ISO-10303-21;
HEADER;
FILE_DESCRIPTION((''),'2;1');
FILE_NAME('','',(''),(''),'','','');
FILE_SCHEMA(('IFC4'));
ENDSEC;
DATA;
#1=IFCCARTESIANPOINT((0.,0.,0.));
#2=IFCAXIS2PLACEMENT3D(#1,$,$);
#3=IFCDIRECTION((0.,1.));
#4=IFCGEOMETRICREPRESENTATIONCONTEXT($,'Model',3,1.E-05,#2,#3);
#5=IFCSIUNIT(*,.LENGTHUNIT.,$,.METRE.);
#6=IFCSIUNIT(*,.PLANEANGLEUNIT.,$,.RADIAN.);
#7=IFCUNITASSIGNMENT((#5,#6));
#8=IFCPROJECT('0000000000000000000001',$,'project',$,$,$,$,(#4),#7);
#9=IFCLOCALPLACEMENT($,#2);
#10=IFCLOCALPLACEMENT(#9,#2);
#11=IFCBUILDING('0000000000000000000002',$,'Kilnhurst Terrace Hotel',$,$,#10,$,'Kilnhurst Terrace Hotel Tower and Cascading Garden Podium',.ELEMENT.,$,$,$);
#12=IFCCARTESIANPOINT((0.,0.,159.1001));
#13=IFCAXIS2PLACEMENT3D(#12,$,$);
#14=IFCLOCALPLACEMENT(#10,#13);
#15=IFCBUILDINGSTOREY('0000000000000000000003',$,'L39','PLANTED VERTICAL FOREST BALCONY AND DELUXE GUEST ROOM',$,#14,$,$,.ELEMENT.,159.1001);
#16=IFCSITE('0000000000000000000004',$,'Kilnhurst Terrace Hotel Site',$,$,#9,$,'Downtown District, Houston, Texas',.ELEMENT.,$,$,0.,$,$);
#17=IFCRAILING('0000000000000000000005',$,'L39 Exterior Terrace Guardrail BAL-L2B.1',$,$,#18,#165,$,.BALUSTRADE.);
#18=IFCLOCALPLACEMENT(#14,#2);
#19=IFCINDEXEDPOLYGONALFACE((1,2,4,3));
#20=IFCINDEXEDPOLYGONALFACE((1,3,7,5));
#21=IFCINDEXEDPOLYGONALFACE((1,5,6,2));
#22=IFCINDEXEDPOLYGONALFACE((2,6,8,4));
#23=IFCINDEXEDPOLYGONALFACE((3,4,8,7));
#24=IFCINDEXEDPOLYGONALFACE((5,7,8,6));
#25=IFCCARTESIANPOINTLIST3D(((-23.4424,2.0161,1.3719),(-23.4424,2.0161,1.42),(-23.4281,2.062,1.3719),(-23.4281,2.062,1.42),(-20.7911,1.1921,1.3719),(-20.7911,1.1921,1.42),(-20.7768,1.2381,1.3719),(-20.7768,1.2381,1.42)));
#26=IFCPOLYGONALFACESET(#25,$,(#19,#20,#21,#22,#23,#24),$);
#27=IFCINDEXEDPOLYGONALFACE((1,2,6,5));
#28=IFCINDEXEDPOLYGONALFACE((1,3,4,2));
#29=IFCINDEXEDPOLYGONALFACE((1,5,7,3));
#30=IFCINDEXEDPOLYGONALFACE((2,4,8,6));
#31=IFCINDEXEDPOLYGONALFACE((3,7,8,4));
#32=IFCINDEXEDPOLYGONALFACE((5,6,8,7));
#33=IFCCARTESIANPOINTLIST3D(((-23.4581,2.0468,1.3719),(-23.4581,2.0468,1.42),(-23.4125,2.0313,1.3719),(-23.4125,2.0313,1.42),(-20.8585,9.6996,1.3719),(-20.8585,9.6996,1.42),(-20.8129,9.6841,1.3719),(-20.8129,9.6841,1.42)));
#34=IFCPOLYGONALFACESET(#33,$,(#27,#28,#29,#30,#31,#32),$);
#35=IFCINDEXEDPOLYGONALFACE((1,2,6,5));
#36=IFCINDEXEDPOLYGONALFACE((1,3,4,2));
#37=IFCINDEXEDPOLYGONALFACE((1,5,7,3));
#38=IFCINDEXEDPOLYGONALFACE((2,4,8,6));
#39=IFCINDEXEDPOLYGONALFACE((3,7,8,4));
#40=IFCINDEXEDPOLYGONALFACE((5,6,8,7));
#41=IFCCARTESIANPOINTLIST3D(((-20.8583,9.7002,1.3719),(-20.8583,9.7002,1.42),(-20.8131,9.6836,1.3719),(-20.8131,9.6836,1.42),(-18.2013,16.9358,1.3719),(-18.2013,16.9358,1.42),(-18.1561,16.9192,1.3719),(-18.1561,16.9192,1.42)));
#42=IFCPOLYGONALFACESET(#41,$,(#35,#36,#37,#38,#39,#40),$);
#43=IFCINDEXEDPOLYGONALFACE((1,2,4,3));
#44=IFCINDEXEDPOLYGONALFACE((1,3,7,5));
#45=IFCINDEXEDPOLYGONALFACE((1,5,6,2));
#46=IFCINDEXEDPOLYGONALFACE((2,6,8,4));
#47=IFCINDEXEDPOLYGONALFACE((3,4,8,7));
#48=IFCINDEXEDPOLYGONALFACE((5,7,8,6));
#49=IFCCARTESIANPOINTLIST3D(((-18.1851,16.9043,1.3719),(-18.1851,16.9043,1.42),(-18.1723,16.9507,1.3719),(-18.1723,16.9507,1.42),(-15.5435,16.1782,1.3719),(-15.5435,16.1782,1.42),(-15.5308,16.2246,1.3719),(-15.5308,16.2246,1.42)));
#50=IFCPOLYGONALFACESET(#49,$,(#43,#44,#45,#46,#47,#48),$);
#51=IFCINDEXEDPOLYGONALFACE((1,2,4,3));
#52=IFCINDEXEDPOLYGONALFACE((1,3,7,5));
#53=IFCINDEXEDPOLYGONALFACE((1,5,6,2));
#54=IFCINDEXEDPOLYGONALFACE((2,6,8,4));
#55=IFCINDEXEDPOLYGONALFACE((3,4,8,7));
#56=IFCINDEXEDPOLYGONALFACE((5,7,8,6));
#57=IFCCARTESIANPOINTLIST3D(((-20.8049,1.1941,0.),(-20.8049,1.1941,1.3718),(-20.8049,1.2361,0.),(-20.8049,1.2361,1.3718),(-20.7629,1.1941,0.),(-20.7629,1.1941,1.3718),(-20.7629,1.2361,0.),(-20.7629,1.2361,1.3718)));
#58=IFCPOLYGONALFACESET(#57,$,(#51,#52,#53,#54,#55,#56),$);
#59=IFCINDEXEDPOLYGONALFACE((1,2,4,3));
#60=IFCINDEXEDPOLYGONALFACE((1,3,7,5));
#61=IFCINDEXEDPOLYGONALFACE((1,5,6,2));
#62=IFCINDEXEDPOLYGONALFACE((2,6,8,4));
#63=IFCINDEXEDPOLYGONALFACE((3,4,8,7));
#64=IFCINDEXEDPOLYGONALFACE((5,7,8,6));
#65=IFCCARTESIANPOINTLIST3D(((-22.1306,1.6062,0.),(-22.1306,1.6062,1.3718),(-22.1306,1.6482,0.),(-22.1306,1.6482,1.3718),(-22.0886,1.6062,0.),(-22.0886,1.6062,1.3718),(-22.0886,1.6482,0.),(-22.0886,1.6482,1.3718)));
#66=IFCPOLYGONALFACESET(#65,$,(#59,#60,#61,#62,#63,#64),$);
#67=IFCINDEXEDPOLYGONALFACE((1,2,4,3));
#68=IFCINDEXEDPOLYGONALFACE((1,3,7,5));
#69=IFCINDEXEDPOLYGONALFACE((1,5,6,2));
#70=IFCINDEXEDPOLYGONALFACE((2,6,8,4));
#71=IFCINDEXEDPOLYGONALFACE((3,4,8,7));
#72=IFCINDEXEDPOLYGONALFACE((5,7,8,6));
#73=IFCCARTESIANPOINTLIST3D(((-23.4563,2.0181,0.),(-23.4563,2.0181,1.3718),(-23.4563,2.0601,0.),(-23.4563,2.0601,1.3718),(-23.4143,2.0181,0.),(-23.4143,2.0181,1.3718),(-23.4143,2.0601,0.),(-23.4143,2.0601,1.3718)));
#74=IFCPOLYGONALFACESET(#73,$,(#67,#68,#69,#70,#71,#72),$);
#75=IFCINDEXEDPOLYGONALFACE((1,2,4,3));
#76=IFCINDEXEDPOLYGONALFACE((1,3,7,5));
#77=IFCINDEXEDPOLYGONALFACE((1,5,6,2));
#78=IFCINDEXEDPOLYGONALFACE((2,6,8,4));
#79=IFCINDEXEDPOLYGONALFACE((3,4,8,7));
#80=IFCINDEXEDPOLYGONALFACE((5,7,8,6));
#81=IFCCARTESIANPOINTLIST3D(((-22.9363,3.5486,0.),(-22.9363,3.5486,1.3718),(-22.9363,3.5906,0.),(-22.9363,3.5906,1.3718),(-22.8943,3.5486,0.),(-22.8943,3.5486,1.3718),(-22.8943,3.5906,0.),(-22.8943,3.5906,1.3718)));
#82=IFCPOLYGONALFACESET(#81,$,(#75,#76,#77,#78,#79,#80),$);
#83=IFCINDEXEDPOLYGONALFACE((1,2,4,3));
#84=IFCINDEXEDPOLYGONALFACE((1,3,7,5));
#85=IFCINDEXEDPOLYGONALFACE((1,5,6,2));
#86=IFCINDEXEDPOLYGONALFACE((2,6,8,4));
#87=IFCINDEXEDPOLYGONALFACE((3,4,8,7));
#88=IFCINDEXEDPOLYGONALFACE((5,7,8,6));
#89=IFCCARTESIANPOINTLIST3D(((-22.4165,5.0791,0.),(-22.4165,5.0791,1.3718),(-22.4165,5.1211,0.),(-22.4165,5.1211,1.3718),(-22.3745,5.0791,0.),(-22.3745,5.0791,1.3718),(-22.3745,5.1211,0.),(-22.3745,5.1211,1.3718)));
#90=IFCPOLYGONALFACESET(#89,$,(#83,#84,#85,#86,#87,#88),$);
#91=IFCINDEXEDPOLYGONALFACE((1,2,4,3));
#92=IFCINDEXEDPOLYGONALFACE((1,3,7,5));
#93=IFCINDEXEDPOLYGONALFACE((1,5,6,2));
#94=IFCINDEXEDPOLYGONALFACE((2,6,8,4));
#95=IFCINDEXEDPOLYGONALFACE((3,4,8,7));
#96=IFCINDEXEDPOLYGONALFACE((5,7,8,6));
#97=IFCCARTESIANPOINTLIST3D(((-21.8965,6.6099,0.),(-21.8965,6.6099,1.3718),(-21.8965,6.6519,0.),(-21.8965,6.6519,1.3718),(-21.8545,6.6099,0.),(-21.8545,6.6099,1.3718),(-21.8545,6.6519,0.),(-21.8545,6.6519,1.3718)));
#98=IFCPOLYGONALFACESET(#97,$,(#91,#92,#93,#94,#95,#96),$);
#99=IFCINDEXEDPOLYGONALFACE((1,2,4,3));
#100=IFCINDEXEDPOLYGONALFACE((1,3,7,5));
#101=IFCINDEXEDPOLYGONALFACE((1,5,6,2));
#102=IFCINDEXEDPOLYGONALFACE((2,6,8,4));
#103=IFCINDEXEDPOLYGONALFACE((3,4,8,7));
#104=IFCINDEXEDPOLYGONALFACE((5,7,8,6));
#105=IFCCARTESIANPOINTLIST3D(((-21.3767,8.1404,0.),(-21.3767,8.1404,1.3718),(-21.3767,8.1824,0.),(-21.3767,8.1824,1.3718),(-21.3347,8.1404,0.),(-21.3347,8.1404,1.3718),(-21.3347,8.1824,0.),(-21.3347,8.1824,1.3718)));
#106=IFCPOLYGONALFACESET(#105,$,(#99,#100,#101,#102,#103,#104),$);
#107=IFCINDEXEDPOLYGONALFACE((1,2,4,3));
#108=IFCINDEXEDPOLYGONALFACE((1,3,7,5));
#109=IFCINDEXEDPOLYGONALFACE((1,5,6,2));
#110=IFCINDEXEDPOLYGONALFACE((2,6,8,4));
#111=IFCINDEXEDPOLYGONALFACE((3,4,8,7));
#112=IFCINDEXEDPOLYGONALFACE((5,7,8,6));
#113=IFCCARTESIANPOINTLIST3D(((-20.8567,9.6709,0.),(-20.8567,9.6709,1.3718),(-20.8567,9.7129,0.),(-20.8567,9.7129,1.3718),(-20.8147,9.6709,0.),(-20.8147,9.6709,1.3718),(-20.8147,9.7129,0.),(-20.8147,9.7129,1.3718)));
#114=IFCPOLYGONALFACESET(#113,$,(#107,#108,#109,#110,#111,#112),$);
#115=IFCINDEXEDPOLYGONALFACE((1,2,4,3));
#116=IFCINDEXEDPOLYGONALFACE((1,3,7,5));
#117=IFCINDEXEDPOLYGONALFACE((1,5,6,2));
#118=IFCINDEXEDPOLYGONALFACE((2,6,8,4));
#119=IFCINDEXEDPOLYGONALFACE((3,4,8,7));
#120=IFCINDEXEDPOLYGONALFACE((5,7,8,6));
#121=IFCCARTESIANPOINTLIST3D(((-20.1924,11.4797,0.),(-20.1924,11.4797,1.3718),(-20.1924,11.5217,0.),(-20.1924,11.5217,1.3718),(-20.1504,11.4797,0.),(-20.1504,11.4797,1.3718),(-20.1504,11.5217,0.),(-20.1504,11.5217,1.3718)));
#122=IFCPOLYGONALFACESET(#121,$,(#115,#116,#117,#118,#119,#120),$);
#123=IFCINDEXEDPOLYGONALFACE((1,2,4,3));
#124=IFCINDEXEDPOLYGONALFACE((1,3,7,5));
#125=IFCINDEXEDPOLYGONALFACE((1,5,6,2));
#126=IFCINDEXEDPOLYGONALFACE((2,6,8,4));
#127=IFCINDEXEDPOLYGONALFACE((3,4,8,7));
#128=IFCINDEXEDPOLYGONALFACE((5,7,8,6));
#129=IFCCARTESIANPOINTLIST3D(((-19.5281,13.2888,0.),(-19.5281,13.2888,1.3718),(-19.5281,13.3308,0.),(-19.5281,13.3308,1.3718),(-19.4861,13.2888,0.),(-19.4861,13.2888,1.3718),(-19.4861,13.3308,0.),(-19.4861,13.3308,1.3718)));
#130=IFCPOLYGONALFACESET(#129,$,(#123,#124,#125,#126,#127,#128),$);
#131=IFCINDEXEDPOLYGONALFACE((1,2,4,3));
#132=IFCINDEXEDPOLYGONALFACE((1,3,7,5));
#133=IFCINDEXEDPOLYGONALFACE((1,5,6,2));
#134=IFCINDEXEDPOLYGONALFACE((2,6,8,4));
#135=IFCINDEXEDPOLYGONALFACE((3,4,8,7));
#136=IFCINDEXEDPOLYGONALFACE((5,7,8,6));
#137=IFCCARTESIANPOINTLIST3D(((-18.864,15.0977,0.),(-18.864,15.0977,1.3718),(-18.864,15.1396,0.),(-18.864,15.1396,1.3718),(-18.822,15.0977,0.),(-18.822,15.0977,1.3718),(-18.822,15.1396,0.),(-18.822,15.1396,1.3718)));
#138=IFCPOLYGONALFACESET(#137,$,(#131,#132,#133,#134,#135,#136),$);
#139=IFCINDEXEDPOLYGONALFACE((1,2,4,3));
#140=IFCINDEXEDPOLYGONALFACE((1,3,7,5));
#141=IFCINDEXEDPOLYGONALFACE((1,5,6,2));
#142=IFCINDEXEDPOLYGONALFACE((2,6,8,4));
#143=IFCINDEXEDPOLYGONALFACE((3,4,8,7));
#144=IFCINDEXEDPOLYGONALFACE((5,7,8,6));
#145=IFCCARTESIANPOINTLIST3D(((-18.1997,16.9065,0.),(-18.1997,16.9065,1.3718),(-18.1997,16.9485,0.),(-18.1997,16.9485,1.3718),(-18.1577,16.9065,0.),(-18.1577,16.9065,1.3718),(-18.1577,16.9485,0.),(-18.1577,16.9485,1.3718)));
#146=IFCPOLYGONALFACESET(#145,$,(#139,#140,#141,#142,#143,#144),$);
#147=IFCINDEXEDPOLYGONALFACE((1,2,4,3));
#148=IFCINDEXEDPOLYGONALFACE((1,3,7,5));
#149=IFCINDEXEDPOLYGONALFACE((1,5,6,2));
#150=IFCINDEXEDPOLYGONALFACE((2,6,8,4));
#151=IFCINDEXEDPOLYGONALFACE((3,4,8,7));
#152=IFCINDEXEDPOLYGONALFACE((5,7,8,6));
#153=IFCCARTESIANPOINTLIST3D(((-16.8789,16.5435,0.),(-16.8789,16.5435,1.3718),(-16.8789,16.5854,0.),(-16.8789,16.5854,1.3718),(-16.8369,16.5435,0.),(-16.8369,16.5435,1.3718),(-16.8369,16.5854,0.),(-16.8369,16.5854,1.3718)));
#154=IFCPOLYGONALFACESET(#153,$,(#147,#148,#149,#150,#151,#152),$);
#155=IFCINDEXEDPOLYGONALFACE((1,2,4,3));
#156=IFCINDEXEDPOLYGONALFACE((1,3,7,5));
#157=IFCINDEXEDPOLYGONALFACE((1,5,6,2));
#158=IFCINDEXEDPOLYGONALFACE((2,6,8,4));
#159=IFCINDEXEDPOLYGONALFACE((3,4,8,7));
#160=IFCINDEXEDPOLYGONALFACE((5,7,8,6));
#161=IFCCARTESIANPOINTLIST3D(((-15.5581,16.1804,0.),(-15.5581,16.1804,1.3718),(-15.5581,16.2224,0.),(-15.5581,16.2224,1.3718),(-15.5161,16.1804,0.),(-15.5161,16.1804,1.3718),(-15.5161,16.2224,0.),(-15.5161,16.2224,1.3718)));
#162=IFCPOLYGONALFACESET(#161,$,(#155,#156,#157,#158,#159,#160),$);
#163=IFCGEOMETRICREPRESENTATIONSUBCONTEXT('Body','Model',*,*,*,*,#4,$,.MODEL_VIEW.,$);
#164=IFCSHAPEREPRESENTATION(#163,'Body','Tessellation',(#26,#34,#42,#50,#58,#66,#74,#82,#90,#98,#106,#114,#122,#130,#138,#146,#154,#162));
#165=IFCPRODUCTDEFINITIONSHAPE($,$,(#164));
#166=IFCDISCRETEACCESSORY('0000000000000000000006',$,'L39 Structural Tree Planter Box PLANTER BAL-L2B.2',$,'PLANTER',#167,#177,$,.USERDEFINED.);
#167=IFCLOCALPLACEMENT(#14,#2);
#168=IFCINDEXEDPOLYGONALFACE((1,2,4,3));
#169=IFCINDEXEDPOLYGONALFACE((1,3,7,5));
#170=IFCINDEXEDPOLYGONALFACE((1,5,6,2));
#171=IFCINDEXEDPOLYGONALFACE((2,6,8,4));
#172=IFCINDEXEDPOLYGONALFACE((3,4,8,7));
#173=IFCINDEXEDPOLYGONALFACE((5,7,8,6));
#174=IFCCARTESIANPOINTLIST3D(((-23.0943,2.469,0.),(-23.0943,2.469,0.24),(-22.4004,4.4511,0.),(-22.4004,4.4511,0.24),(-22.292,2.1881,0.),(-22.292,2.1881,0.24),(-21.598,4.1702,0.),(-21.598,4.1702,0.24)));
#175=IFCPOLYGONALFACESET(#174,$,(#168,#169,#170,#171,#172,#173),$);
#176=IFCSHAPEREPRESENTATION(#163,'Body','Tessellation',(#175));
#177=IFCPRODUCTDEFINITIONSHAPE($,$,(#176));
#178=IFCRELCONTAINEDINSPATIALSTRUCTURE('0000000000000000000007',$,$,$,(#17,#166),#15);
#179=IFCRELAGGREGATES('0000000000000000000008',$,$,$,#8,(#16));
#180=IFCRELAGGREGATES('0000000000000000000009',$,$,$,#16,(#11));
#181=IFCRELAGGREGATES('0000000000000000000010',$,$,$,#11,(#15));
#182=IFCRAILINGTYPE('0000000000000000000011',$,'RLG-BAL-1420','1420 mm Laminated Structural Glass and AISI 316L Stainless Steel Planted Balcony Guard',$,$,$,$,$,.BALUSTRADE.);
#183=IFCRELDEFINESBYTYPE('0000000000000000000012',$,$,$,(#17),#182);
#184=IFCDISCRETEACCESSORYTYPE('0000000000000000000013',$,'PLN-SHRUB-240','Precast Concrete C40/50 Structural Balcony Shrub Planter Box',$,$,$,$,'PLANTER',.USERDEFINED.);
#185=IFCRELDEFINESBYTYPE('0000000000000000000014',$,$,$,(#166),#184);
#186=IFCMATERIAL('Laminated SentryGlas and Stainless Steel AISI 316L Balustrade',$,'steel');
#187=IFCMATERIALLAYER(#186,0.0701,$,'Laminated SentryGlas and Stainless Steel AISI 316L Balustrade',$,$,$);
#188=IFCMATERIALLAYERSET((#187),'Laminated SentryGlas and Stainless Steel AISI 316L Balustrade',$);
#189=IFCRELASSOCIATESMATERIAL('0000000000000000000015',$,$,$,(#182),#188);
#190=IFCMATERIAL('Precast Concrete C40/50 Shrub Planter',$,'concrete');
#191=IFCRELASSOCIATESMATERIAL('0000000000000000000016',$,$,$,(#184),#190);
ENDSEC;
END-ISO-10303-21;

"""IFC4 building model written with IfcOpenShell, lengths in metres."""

from ifc_helpers import new_model, si_unit, direction, frame, origin, origin_2d, place, context, subcontext, project, spatial, rectangle, extrude, material, layer, layer_set, type_object, element, save


model = new_model("IFC4")

# Units and contexts
model_context = context("Model", 3, precision=1e-05, world=origin(), true_north=direction((0.0, 1.0)))
body_context = subcontext(model_context, "Body", "Model", "MODEL_VIEW")
ifc_project = project(units=[si_unit("LENGTHUNIT", "METRE"), si_unit("PLANEANGLEUNIT", "RADIAN")], contexts=[model_context])

# Site, building, storey
site_placement = place(None, origin())
site = spatial("IfcSite", under=ifc_project, at=site_placement, Name="Kilnhurst Terrace Hotel Site", LongName="Downtown District, Houston, Texas", CompositionType="ELEMENT", RefElevation=0.0)
building_placement = place(site_placement, origin())
building = spatial("IfcBuilding", under=site, at=building_placement, Name="Kilnhurst Terrace Hotel", LongName="Kilnhurst Terrace Hotel Tower and Cascading Garden Podium", CompositionType="ELEMENT")
storey_placement = place(building_placement, frame((0.0, 0.0, 159.1001)))
storey = spatial("IfcBuildingStorey", under=building, at=storey_placement, Name="L39", Description="PLANTED VERTICAL FOREST BALCONY AND DELUXE GUEST ROOM", CompositionType="ELEMENT", Elevation=159.1001)

# Railing
ifc_material_1 = material(Name="Laminated SentryGlas and Stainless Steel AISI 316L Balustrade", Category="steel")
ifc_layer_1 = layer(ifc_material_1, 0.0701, Name="Laminated SentryGlas and Stainless Steel AISI 316L Balustrade")
ifc_layer_set_1 = layer_set([ifc_layer_1], Name="Laminated SentryGlas and Stainless Steel AISI 316L Balustrade")
railing_type = type_object("IfcRailingType", Name="RLG-BAL-1420", Description="1420 mm Laminated Structural Glass and AISI 316L Stainless Steel Planted Balcony Guard", PredefinedType="BALUSTRADE", material=ifc_layer_set_1)
railing_placement = place(storey_placement, frame((-20.7839, 1.2151, 0.0)))
element("IfcRailing", 1, at=railing_placement, inside=storey, type_object=railing_type, Name="L39 Exterior Terrace Guardrail BAL-L2B.1", PredefinedType="BALUSTRADE", context=body_context, shape_type="SweptSolid", body=[
    extrude(rectangle(XDim=0.0481, YDim=0.0481, at=origin_2d()), frame((0.0, 0.0, 1.396), z_axis=(-0.954948, 0.296773, 0.0), x_axis=(-0.296773, -0.954948, 0.0)), (0.0, 0.0, 1.0), 2.7764),
    extrude(rectangle(XDim=0.0481, YDim=0.0481, at=origin_2d()), frame((-2.6514, 0.824, 1.396), z_axis=(0.321642, 0.946861, 0.0), x_axis=(-0.946861, 0.321642, 0.0)), (0.0, 0.0, 1.0), 8.0823),
    extrude(rectangle(XDim=0.0481, YDim=0.0481, at=origin_2d()), frame((-0.0518, 8.4768, 1.396), z_axis=(0.344704, 0.938711, 0.0), x_axis=(-0.938711, 0.344704, 0.0)), (0.0, 0.0, 1.0), 7.708),
    extrude(rectangle(XDim=0.0481, YDim=0.0481, at=origin_2d()), frame((2.6052, 15.7124, 1.396), z_axis=(0.96424, -0.265032, 0.0), x_axis=(0.265032, 0.96424, 0.0)), (0.0, 0.0, 1.0), 2.7395),
    extrude(rectangle(XDim=0.042, YDim=0.042, at=origin_2d()), origin(), (0.0, 0.0, 1.0), 1.3718),
    extrude(rectangle(XDim=0.042, YDim=0.042, at=origin_2d()), frame((-1.3257, 0.4121, 0.0)), (0.0, 0.0, 1.0), 1.3718),
    extrude(rectangle(XDim=0.042, YDim=0.042, at=origin_2d()), frame((-2.6514, 0.824, 0.0)), (0.0, 0.0, 1.0), 1.3718),
    extrude(rectangle(XDim=0.042, YDim=0.042, at=origin_2d()), frame((-2.1313, 2.3545, 0.0)), (0.0, 0.0, 1.0), 1.3718),
    extrude(rectangle(XDim=0.042, YDim=0.042, at=origin_2d()), frame((-1.6116, 3.885, 0.0)), (0.0, 0.0, 1.0), 1.3718),
    extrude(rectangle(XDim=0.042, YDim=0.042, at=origin_2d()), frame((-1.0916, 5.4158, 0.0)), (0.0, 0.0, 1.0), 1.3718),
    extrude(rectangle(XDim=0.042, YDim=0.042, at=origin_2d()), frame((-0.5718, 6.9463, 0.0)), (0.0, 0.0, 1.0), 1.3718),
    extrude(rectangle(XDim=0.042, YDim=0.042, at=origin_2d()), frame((-0.0518, 8.4768, 0.0)), (0.0, 0.0, 1.0), 1.3718),
    extrude(rectangle(XDim=0.042, YDim=0.042, at=origin_2d()), frame((0.6125, 10.2856, 0.0)), (0.0, 0.0, 1.0), 1.3718),
    extrude(rectangle(XDim=0.042, YDim=0.042, at=origin_2d()), frame((1.2769, 12.0947, 0.0)), (0.0, 0.0, 1.0), 1.3718),
    extrude(rectangle(XDim=0.042, YDim=0.042, at=origin_2d()), frame((1.9409, 13.9036, 0.0)), (0.0, 0.0, 1.0), 1.3718),
    extrude(rectangle(XDim=0.042, YDim=0.042, at=origin_2d()), frame((2.6052, 15.7124, 0.0)), (0.0, 0.0, 1.0), 1.3718),
    extrude(rectangle(XDim=0.042, YDim=0.042, at=origin_2d()), frame((3.926, 15.3494, 0.0)), (0.0, 0.0, 1.0), 1.3718),
    extrude(rectangle(XDim=0.042, YDim=0.042, at=origin_2d()), frame((5.2468, 14.9863, 0.0)), (0.0, 0.0, 1.0), 1.3718),
])

# Discrete accessory
ifc_material_2 = material(Name="Precast Concrete C40/50 Shrub Planter", Category="concrete")
discrete_accessory_type = type_object("IfcDiscreteAccessoryType", Name="PLN-SHRUB-240", Description="Precast Concrete C40/50 Structural Balcony Shrub Planter Box", ElementType="PLANTER", PredefinedType="USERDEFINED", material=ifc_material_2)
discrete_accessory_placement = place(storey_placement, frame((-22.3462, 3.3196, 0.0), z_axis=(0.0, 0.0, 1.0), x_axis=(-0.330432, -0.94383, 0.0)))
element("IfcDiscreteAccessory", 2, at=discrete_accessory_placement, inside=storey, type_object=discrete_accessory_type, Name="L39 Structural Tree Planter Box PLANTER BAL-L2B.2", ObjectType="PLANTER", PredefinedType="USERDEFINED", context=body_context, shape_type="SweptSolid", body=[
    extrude(rectangle(XDim=2.1001, YDim=0.8501, at=origin_2d()), origin(), (0.0, 0.0, 1.0), 0.24),
])

save(model, "model.ifc")
